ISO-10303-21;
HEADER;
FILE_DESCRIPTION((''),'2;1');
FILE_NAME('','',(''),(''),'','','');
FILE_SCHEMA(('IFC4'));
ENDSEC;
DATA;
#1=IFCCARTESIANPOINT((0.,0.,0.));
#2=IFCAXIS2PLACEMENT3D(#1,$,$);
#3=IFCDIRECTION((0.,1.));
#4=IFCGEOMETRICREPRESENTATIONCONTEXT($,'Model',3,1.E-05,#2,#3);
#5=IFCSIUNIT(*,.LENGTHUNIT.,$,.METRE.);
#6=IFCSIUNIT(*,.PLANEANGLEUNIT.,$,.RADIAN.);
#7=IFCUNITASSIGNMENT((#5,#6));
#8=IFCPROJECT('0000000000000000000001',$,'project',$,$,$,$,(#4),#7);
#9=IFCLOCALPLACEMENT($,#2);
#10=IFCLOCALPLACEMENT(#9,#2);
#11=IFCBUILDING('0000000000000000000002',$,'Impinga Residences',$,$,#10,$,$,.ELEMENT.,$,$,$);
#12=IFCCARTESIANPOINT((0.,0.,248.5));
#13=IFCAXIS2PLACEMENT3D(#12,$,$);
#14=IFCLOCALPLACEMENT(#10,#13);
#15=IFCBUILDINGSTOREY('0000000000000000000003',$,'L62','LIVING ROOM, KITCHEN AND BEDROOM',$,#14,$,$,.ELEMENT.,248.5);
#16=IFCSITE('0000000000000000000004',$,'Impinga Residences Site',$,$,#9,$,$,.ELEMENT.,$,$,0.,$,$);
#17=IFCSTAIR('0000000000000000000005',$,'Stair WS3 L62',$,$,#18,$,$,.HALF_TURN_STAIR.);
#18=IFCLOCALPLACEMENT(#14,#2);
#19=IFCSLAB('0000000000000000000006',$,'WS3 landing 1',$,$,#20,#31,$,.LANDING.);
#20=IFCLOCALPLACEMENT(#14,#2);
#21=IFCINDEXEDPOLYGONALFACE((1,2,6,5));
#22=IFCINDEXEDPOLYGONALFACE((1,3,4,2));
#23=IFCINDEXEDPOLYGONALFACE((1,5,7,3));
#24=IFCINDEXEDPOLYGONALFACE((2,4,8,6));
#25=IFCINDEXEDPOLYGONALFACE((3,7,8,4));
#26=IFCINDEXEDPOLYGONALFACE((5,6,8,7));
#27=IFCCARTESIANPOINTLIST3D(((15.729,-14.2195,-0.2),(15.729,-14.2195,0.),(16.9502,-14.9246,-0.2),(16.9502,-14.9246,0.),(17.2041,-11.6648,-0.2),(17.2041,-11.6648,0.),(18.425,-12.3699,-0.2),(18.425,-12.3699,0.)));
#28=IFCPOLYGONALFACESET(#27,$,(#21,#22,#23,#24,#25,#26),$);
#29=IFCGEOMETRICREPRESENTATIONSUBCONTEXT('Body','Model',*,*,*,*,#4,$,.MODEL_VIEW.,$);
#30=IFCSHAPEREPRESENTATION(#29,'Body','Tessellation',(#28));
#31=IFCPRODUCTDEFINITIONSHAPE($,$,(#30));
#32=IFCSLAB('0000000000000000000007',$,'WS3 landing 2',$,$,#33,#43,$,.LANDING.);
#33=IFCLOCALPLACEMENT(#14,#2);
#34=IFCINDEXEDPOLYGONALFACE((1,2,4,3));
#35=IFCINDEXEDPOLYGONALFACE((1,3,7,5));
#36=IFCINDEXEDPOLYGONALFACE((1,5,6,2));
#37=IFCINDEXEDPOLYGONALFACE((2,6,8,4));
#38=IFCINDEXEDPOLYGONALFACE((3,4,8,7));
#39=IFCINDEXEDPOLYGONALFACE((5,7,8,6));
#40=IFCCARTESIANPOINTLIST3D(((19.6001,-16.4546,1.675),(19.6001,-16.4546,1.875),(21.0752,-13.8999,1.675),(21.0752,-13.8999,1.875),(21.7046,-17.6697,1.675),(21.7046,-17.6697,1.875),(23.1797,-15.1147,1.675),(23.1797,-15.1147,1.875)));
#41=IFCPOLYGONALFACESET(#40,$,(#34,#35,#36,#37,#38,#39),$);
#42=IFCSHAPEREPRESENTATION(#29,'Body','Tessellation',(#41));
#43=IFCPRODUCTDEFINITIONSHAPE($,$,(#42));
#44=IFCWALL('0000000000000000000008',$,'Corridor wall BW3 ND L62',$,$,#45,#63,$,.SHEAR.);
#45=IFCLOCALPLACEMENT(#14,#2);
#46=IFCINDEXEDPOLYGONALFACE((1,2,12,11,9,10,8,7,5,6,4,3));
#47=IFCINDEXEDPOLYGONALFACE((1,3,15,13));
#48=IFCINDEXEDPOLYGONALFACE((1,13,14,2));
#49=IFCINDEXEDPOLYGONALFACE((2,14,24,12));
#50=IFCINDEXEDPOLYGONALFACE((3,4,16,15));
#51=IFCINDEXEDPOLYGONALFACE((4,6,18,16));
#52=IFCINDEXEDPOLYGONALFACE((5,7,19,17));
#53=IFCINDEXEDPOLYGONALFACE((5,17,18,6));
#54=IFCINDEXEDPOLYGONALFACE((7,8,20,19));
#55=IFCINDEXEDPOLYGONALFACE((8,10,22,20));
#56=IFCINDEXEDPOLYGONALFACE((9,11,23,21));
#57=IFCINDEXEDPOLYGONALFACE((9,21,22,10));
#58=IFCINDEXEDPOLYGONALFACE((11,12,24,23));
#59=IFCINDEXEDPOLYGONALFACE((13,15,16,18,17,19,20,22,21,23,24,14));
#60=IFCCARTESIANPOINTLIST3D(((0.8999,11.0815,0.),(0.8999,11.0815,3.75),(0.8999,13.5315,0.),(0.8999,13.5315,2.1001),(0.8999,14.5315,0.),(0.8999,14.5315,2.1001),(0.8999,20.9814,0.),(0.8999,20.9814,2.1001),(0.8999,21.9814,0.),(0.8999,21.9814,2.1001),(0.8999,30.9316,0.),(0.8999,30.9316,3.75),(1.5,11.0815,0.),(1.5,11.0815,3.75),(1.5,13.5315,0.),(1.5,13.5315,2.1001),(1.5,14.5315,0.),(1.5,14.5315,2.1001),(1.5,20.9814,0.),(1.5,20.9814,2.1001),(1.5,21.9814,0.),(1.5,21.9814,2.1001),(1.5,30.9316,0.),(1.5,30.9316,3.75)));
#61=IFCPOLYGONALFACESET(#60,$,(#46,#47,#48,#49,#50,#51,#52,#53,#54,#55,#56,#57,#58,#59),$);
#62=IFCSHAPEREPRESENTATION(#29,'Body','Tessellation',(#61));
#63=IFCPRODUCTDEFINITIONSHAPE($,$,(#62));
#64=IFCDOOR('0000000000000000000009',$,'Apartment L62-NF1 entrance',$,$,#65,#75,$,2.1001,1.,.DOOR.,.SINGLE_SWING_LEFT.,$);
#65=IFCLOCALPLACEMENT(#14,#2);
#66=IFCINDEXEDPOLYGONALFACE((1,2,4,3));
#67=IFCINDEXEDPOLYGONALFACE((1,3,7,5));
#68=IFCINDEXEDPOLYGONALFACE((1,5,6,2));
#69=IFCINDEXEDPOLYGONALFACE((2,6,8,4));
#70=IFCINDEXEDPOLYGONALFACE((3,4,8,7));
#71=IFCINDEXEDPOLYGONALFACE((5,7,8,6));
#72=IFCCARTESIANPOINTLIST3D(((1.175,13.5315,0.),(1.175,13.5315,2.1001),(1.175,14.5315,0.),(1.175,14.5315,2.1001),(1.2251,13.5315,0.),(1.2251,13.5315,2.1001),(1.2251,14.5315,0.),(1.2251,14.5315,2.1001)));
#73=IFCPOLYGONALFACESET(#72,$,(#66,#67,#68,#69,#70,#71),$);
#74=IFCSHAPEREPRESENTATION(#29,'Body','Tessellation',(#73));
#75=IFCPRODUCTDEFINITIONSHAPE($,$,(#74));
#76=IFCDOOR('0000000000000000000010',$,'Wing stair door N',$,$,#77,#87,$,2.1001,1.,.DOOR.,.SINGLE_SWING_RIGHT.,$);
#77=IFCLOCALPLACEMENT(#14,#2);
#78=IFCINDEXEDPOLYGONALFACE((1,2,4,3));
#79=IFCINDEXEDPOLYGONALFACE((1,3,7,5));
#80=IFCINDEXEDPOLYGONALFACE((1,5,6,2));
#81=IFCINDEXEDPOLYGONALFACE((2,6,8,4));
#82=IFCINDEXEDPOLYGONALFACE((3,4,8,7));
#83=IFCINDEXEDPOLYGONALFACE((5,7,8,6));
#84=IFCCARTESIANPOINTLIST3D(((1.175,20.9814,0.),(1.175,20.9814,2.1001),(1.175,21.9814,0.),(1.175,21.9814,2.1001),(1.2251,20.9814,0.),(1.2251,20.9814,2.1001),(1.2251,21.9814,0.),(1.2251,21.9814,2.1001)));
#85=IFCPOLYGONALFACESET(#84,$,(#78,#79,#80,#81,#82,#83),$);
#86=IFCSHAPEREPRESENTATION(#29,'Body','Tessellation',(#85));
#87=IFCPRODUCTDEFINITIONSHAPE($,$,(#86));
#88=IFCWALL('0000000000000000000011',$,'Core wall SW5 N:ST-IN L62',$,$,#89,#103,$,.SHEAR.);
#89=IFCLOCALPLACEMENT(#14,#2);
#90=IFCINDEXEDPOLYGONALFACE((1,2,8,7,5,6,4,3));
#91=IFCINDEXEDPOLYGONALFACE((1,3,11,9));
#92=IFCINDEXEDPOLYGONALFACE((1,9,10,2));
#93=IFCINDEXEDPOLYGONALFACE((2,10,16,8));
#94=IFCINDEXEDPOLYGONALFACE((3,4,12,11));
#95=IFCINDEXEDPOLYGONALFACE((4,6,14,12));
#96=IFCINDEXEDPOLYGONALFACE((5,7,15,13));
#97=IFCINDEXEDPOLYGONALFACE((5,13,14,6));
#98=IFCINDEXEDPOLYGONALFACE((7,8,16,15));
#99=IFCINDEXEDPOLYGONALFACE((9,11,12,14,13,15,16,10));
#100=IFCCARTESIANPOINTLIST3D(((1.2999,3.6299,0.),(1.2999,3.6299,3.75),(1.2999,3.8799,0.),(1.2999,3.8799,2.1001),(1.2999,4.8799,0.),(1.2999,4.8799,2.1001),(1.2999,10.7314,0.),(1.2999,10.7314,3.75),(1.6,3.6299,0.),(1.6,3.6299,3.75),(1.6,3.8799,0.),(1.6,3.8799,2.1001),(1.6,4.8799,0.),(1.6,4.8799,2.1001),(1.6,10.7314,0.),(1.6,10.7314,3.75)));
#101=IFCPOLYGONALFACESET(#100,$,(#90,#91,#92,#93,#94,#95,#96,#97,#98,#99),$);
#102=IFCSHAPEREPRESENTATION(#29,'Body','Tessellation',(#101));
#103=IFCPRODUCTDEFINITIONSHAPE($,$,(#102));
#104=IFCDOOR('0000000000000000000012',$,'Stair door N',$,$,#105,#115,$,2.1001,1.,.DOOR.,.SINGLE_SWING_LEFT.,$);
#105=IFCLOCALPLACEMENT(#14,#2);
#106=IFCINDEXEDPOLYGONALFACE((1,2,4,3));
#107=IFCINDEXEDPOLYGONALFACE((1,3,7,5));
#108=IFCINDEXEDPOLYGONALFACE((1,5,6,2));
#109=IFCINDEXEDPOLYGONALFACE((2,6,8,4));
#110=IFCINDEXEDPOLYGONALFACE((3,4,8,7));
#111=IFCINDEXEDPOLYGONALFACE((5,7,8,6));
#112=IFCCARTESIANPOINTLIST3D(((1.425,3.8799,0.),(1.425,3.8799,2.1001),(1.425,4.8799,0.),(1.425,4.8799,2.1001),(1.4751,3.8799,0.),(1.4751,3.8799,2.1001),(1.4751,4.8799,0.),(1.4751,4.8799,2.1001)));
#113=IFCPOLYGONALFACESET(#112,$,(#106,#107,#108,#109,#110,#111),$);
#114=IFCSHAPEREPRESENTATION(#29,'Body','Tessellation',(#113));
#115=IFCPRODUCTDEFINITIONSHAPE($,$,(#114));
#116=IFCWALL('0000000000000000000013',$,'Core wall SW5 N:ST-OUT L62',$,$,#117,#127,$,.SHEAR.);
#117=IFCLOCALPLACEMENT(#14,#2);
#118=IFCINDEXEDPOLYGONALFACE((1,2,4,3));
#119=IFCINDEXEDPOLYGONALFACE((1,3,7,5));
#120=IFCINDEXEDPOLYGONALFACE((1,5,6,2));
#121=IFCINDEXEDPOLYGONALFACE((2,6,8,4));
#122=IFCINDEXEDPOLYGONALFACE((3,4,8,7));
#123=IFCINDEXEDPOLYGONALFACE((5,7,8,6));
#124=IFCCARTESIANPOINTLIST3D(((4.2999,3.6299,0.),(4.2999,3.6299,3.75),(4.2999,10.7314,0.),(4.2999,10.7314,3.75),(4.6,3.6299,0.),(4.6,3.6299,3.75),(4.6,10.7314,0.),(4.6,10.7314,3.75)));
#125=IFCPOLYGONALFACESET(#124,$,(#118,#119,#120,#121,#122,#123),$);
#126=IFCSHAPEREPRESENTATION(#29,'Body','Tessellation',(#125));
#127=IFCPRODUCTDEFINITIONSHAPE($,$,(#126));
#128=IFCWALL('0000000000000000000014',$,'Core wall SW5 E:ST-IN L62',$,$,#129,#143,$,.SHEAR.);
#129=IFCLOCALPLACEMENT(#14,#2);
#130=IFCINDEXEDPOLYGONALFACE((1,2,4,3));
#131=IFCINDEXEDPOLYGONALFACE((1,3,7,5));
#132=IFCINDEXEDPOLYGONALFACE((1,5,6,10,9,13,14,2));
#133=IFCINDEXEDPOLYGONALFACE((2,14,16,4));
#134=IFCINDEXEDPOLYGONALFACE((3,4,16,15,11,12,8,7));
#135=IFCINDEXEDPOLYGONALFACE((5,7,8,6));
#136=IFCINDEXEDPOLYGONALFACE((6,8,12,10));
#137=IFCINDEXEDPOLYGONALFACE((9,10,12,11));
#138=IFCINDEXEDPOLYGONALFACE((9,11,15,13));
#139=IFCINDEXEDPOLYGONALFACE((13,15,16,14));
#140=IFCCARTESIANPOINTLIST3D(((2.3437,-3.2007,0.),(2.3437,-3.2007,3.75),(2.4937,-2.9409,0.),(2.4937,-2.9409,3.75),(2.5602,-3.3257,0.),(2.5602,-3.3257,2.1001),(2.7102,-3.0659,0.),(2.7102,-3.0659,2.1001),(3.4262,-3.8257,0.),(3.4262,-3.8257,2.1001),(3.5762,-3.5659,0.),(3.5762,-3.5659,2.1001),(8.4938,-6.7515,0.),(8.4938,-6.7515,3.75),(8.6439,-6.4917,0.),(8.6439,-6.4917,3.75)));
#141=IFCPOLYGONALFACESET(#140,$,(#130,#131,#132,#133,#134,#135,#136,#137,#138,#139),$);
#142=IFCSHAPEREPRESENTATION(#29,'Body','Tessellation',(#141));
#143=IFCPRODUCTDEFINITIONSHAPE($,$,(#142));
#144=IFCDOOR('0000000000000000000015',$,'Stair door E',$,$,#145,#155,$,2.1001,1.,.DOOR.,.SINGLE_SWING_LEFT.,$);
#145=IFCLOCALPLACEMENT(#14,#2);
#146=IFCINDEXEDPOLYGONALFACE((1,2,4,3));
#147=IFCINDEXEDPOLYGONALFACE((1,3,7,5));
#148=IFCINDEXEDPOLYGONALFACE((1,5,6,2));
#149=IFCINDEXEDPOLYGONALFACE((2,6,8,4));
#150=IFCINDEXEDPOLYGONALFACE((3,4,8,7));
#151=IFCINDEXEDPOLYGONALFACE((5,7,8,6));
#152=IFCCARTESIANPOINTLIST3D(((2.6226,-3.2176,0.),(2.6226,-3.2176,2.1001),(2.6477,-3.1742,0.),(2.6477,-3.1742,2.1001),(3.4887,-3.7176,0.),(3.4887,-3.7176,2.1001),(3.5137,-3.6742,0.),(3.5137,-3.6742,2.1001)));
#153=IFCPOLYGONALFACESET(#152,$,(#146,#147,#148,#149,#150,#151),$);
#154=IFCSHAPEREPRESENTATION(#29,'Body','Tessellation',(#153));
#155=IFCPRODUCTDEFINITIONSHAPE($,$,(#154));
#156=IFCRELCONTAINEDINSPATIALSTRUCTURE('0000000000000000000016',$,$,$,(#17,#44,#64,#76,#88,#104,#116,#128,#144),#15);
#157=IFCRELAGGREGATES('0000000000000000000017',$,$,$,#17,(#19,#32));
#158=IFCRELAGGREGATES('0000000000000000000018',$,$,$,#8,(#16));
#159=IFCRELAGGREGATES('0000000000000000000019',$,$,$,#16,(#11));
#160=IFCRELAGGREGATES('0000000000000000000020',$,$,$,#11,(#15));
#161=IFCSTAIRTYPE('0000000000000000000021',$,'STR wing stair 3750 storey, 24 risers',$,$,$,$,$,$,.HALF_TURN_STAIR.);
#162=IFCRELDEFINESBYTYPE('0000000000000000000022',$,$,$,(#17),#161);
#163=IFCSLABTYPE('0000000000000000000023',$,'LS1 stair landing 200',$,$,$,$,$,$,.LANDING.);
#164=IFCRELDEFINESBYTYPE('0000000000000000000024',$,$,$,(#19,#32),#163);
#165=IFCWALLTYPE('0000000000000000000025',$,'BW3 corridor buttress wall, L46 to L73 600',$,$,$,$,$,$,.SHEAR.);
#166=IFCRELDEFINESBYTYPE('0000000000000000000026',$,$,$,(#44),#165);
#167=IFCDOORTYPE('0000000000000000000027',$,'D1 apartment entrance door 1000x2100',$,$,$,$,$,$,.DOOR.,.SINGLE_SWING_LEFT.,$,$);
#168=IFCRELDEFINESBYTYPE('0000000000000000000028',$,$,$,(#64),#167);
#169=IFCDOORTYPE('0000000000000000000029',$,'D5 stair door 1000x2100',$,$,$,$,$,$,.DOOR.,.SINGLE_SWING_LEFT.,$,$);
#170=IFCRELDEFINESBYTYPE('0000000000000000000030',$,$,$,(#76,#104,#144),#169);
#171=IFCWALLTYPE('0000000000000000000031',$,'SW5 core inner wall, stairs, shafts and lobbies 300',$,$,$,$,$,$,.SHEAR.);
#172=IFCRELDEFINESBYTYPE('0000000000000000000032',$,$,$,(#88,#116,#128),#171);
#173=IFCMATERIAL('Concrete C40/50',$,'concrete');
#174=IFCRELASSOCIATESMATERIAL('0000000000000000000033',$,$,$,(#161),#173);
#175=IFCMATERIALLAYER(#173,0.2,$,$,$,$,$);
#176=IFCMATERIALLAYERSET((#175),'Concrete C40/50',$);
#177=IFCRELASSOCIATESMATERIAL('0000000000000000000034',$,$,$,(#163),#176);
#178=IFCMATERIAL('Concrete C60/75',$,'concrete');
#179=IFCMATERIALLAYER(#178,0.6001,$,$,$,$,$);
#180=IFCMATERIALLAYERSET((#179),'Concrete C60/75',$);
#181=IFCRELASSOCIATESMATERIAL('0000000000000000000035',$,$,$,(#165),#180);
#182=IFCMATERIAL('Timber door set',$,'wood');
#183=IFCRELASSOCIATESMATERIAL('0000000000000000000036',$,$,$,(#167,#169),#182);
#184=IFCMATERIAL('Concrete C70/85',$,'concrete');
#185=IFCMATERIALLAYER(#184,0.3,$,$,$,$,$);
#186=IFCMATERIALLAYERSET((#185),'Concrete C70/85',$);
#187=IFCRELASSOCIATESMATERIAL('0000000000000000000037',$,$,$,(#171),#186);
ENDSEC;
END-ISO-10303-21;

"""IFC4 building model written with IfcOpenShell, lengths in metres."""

from ifc_helpers import new_model, si_unit, direction, frame, frame_2d, origin, place, context, subcontext, project, spatial, polyline, rectangle, outline, extrude, material, layer, layer_set, type_object, element, fill, aggregate, save


model = new_model("IFC4")

# Units and contexts
model_context = context("Model", 3, precision=1e-05, world=origin(), true_north=direction((0.0, 1.0)))
body_context = subcontext(model_context, "Body", "Model", "MODEL_VIEW")
ifc_project = project(units=[si_unit("LENGTHUNIT", "METRE"), si_unit("PLANEANGLEUNIT", "RADIAN")], contexts=[model_context])

# Site, building, storey
site_placement = place(None, origin())
site = spatial("IfcSite", under=ifc_project, at=site_placement, Name="Impinga Residences Site", CompositionType="ELEMENT", RefElevation=0.0)
building_placement = place(site_placement, origin())
building = spatial("IfcBuilding", under=site, at=building_placement, Name="Impinga Residences", CompositionType="ELEMENT")
storey_placement = place(building_placement, frame((0.0, 0.0, 248.5)))
storey = spatial("IfcBuildingStorey", under=building, at=storey_placement, Name="L62", Description="LIVING ROOM, KITCHEN AND BEDROOM", CompositionType="ELEMENT", Elevation=248.5)

# Stair, slabs
ifc_material_1 = material(Name="Concrete C40/50", Category="concrete")
stair_type_1 = type_object("IfcStairType", Name="STR wing stair 3750 storey, 24 risers", PredefinedType="HALF_TURN_STAIR", material=ifc_material_1)
stair_1_placement = place(storey_placement, origin())
stair_1 = element("IfcStair", 1, at=stair_1_placement, inside=storey, type_object=stair_type_1, Name="Stair WS3 L62", PredefinedType="HALF_TURN_STAIR")
ifc_layer_1 = layer(ifc_material_1, 0.2)
ifc_layer_set_1 = layer_set([ifc_layer_1], Name="Concrete C40/50")
slab_type = type_object("IfcSlabType", Name="LS1 stair landing 200", PredefinedType="LANDING", material=ifc_layer_set_1)
slab_1_placement = place(storey_placement, frame((0.0, 0.0, -0.2)))
slab_1 = element("IfcSlab", 2, at=slab_1_placement, type_object=slab_type, Name="WS3 landing 1", PredefinedType="LANDING", context=body_context, shape_type="SweptSolid", body=[
    extrude(outline(polyline([(17.2041, -11.6648), (15.729, -14.2195), (16.9502, -14.9246), (18.425, -12.3699), (17.2041, -11.6648)])), origin(), (0.0, 0.0, 1.0), 0.2),
])
slab_2_placement = place(storey_placement, frame((0.0, 0.0, 1.675)))
slab_2 = element("IfcSlab", 3, at=slab_2_placement, type_object=slab_type, Name="WS3 landing 2", PredefinedType="LANDING", context=body_context, shape_type="SweptSolid", body=[
    extrude(outline(polyline([(21.0752, -13.8999), (19.6001, -16.4546), (21.7046, -17.6697), (23.1797, -15.1147), (21.0752, -13.8999)])), origin(), (0.0, 0.0, 1.0), 0.2),
])
aggregate(stair_1, [slab_1, slab_2])

# Wall, openings, doors
ifc_material_2 = material(Name="Concrete C60/75", Category="concrete")
ifc_layer_2 = layer(ifc_material_2, 0.6001)
ifc_layer_set_2 = layer_set([ifc_layer_2], Name="Concrete C60/75")
wall_type_1 = type_object("IfcWallType", Name="BW3 corridor buttress wall, L46 to L73 600", PredefinedType="SHEAR", material=ifc_layer_set_2)
wall_1_placement = place(storey_placement, frame((1.2, 11.0815, 0.0), z_axis=(0.0, 0.0, 1.0), x_axis=(0.0, 1.0, 0.0)))
wall_1 = element("IfcWall", 4, at=wall_1_placement, inside=storey, type_object=wall_type_1, Name="Corridor wall BW3 ND L62", PredefinedType="SHEAR", context=body_context, shape_type="SweptSolid", body=[
    extrude(rectangle(XDim=19.8501, YDim=0.6001, at=frame_2d((9.925, 0.0))), origin(), (0.0, 0.0, 1.0), 3.75),
])
opening_1_placement = place(wall_1_placement, frame((9.8999, 0.0, 0.0)))
opening_1 = element("IfcOpeningElement", 5, at=opening_1_placement, cuts=wall_1, PredefinedType="OPENING", context=body_context, shape_type="SweptSolid", body=[
    extrude(rectangle(XDim=1.0, YDim=2.1001, at=frame_2d((0.5, 1.05))), frame((0.0, 0.3101, 0.0), z_axis=(0.0, -1.0, 0.0), x_axis=(1.0, 0.0, 0.0)), (0.0, 0.0, 1.0), 0.6201),
])
opening_2_placement = place(wall_1_placement, frame((2.45, 0.0, 0.0)))
opening_2 = element("IfcOpeningElement", 6, at=opening_2_placement, cuts=wall_1, PredefinedType="OPENING", context=body_context, shape_type="SweptSolid", body=[
    extrude(rectangle(XDim=1.0, YDim=2.1001, at=frame_2d((0.5, 1.05))), frame((0.0, 0.3101, 0.0), z_axis=(0.0, -1.0, 0.0), x_axis=(1.0, 0.0, 0.0)), (0.0, 0.0, 1.0), 0.6201),
])
ifc_material_3 = material(Name="Timber door set", Category="wood")
door_type_1 = type_object("IfcDoorType", Name="D1 apartment entrance door 1000x2100", OperationType="SINGLE_SWING_LEFT", PredefinedType="DOOR", material=ifc_material_3)
door_1_placement = place(opening_2_placement, origin())
door_1 = element("IfcDoor", 7, at=door_1_placement, inside=storey, type_object=door_type_1, Name="Apartment L62-NF1 entrance", OperationType="SINGLE_SWING_LEFT", OverallHeight=2.1001, OverallWidth=1.0, PredefinedType="DOOR", context=body_context, shape_type="SweptSolid", body=[
    extrude(rectangle(XDim=1.0, YDim=2.1001, at=frame_2d((0.5, 1.05))), frame((0.0, 0.0249, 0.0), z_axis=(0.0, -1.0, 0.0), x_axis=(1.0, 0.0, 0.0)), (0.0, 0.0, 1.0), 0.05),
])
fill(opening_2, door_1)
door_type_2 = type_object("IfcDoorType", Name="D5 stair door 1000x2100", OperationType="SINGLE_SWING_LEFT", PredefinedType="DOOR", material=ifc_material_3)
door_2_placement = place(opening_1_placement, origin())
door_2 = element("IfcDoor", 8, at=door_2_placement, inside=storey, type_object=door_type_2, Name="Wing stair door N", OperationType="SINGLE_SWING_RIGHT", OverallHeight=2.1001, OverallWidth=1.0, PredefinedType="DOOR", context=body_context, shape_type="SweptSolid", body=[
    extrude(rectangle(XDim=1.0, YDim=2.1001, at=frame_2d((0.5, 1.05))), frame((0.0, 0.0249, 0.0), z_axis=(0.0, -1.0, 0.0), x_axis=(1.0, 0.0, 0.0)), (0.0, 0.0, 1.0), 0.05),
])
fill(opening_1, door_2)

# Wall, opening, door
ifc_material_4 = material(Name="Concrete C70/85", Category="concrete")
ifc_layer_3 = layer(ifc_material_4, 0.3)
ifc_layer_set_3 = layer_set([ifc_layer_3], Name="Concrete C70/85")
wall_type_2 = type_object("IfcWallType", Name="SW5 core inner wall, stairs, shafts and lobbies 300", PredefinedType="SHEAR", material=ifc_layer_set_3)
wall_2_placement = place(storey_placement, frame((1.45, 3.6299, 0.0), z_axis=(0.0, 0.0, 1.0), x_axis=(0.0, 1.0, 0.0)))
wall_2 = element("IfcWall", 9, at=wall_2_placement, inside=storey, type_object=wall_type_2, Name="Core wall SW5 N:ST-IN L62", PredefinedType="SHEAR", context=body_context, shape_type="SweptSolid", body=[
    extrude(rectangle(XDim=7.1016, YDim=0.3, at=frame_2d((3.5508, 0.0))), origin(), (0.0, 0.0, 1.0), 3.75),
])
opening_3_placement = place(wall_2_placement, frame((0.25, 0.0, 0.0)))
opening_3 = element("IfcOpeningElement", 10, at=opening_3_placement, cuts=wall_2, PredefinedType="OPENING", context=body_context, shape_type="SweptSolid", body=[
    extrude(rectangle(XDim=1.0, YDim=2.1001, at=frame_2d((0.5, 1.05))), frame((0.0, 0.1599, 0.0), z_axis=(0.0, -1.0, 0.0), x_axis=(1.0, 0.0, 0.0)), (0.0, 0.0, 1.0), 0.3201),
])
door_3_placement = place(opening_3_placement, origin())
door_3 = element("IfcDoor", 11, at=door_3_placement, inside=storey, type_object=door_type_2, Name="Stair door N", OperationType="SINGLE_SWING_LEFT", OverallHeight=2.1001, OverallWidth=1.0, PredefinedType="DOOR", context=body_context, shape_type="SweptSolid", body=[
    extrude(rectangle(XDim=1.0, YDim=2.1001, at=frame_2d((0.5, 1.05))), frame((0.0, 0.0249, 0.0), z_axis=(0.0, -1.0, 0.0), x_axis=(1.0, 0.0, 0.0)), (0.0, 0.0, 1.0), 0.05),
])
fill(opening_3, door_3)

# Wall
wall_3_placement = place(storey_placement, frame((4.45, 3.6299, 0.0), z_axis=(0.0, 0.0, 1.0), x_axis=(0.0, 1.0, 0.0)))
element("IfcWall", 12, at=wall_3_placement, inside=storey, type_object=wall_type_2, Name="Core wall SW5 N:ST-OUT L62", PredefinedType="SHEAR", context=body_context, shape_type="SweptSolid", body=[
    extrude(rectangle(XDim=7.1016, YDim=0.3, at=frame_2d((3.5508, 0.0))), origin(), (0.0, 0.0, 1.0), 3.75),
])

# Wall, opening, door
wall_4_placement = place(storey_placement, frame((2.4187, -3.0708, 0.0), z_axis=(0.0, 0.0, 1.0), x_axis=(0.866026, -0.499999, 0.0)))
wall_4 = element("IfcWall", 13, at=wall_4_placement, inside=storey, type_object=wall_type_2, Name="Core wall SW5 E:ST-IN L62", PredefinedType="SHEAR", context=body_context, shape_type="SweptSolid", body=[
    extrude(rectangle(XDim=7.1016, YDim=0.3, at=frame_2d((3.5508, 0.0))), origin(), (0.0, 0.0, 1.0), 3.75),
])
opening_4_placement = place(wall_4_placement, frame((0.25, 0.0, 0.0)))
opening_4 = element("IfcOpeningElement", 14, at=opening_4_placement, cuts=wall_4, PredefinedType="OPENING", context=body_context, shape_type="SweptSolid", body=[
    extrude(rectangle(XDim=1.0, YDim=2.1001, at=frame_2d((0.5, 1.05))), frame((0.0, 0.1599, 0.0), z_axis=(0.0, -1.0, 0.0), x_axis=(1.0, 0.0, 0.0)), (0.0, 0.0, 1.0), 0.3201),
])
door_4_placement = place(opening_4_placement, origin())
door_4 = element("IfcDoor", 15, at=door_4_placement, inside=storey, type_object=door_type_2, Name="Stair door E", OperationType="SINGLE_SWING_LEFT", OverallHeight=2.1001, OverallWidth=1.0, PredefinedType="DOOR", context=body_context, shape_type="SweptSolid", body=[
    extrude(rectangle(XDim=1.0, YDim=2.1001, at=frame_2d((0.5, 1.05))), frame((0.0, 0.0249, 0.0), z_axis=(0.0, -1.0, 0.0), x_axis=(1.0, 0.0, 0.0)), (0.0, 0.0, 1.0), 0.05),
])
fill(opening_4, door_4)

save(model, "model.ifc")
